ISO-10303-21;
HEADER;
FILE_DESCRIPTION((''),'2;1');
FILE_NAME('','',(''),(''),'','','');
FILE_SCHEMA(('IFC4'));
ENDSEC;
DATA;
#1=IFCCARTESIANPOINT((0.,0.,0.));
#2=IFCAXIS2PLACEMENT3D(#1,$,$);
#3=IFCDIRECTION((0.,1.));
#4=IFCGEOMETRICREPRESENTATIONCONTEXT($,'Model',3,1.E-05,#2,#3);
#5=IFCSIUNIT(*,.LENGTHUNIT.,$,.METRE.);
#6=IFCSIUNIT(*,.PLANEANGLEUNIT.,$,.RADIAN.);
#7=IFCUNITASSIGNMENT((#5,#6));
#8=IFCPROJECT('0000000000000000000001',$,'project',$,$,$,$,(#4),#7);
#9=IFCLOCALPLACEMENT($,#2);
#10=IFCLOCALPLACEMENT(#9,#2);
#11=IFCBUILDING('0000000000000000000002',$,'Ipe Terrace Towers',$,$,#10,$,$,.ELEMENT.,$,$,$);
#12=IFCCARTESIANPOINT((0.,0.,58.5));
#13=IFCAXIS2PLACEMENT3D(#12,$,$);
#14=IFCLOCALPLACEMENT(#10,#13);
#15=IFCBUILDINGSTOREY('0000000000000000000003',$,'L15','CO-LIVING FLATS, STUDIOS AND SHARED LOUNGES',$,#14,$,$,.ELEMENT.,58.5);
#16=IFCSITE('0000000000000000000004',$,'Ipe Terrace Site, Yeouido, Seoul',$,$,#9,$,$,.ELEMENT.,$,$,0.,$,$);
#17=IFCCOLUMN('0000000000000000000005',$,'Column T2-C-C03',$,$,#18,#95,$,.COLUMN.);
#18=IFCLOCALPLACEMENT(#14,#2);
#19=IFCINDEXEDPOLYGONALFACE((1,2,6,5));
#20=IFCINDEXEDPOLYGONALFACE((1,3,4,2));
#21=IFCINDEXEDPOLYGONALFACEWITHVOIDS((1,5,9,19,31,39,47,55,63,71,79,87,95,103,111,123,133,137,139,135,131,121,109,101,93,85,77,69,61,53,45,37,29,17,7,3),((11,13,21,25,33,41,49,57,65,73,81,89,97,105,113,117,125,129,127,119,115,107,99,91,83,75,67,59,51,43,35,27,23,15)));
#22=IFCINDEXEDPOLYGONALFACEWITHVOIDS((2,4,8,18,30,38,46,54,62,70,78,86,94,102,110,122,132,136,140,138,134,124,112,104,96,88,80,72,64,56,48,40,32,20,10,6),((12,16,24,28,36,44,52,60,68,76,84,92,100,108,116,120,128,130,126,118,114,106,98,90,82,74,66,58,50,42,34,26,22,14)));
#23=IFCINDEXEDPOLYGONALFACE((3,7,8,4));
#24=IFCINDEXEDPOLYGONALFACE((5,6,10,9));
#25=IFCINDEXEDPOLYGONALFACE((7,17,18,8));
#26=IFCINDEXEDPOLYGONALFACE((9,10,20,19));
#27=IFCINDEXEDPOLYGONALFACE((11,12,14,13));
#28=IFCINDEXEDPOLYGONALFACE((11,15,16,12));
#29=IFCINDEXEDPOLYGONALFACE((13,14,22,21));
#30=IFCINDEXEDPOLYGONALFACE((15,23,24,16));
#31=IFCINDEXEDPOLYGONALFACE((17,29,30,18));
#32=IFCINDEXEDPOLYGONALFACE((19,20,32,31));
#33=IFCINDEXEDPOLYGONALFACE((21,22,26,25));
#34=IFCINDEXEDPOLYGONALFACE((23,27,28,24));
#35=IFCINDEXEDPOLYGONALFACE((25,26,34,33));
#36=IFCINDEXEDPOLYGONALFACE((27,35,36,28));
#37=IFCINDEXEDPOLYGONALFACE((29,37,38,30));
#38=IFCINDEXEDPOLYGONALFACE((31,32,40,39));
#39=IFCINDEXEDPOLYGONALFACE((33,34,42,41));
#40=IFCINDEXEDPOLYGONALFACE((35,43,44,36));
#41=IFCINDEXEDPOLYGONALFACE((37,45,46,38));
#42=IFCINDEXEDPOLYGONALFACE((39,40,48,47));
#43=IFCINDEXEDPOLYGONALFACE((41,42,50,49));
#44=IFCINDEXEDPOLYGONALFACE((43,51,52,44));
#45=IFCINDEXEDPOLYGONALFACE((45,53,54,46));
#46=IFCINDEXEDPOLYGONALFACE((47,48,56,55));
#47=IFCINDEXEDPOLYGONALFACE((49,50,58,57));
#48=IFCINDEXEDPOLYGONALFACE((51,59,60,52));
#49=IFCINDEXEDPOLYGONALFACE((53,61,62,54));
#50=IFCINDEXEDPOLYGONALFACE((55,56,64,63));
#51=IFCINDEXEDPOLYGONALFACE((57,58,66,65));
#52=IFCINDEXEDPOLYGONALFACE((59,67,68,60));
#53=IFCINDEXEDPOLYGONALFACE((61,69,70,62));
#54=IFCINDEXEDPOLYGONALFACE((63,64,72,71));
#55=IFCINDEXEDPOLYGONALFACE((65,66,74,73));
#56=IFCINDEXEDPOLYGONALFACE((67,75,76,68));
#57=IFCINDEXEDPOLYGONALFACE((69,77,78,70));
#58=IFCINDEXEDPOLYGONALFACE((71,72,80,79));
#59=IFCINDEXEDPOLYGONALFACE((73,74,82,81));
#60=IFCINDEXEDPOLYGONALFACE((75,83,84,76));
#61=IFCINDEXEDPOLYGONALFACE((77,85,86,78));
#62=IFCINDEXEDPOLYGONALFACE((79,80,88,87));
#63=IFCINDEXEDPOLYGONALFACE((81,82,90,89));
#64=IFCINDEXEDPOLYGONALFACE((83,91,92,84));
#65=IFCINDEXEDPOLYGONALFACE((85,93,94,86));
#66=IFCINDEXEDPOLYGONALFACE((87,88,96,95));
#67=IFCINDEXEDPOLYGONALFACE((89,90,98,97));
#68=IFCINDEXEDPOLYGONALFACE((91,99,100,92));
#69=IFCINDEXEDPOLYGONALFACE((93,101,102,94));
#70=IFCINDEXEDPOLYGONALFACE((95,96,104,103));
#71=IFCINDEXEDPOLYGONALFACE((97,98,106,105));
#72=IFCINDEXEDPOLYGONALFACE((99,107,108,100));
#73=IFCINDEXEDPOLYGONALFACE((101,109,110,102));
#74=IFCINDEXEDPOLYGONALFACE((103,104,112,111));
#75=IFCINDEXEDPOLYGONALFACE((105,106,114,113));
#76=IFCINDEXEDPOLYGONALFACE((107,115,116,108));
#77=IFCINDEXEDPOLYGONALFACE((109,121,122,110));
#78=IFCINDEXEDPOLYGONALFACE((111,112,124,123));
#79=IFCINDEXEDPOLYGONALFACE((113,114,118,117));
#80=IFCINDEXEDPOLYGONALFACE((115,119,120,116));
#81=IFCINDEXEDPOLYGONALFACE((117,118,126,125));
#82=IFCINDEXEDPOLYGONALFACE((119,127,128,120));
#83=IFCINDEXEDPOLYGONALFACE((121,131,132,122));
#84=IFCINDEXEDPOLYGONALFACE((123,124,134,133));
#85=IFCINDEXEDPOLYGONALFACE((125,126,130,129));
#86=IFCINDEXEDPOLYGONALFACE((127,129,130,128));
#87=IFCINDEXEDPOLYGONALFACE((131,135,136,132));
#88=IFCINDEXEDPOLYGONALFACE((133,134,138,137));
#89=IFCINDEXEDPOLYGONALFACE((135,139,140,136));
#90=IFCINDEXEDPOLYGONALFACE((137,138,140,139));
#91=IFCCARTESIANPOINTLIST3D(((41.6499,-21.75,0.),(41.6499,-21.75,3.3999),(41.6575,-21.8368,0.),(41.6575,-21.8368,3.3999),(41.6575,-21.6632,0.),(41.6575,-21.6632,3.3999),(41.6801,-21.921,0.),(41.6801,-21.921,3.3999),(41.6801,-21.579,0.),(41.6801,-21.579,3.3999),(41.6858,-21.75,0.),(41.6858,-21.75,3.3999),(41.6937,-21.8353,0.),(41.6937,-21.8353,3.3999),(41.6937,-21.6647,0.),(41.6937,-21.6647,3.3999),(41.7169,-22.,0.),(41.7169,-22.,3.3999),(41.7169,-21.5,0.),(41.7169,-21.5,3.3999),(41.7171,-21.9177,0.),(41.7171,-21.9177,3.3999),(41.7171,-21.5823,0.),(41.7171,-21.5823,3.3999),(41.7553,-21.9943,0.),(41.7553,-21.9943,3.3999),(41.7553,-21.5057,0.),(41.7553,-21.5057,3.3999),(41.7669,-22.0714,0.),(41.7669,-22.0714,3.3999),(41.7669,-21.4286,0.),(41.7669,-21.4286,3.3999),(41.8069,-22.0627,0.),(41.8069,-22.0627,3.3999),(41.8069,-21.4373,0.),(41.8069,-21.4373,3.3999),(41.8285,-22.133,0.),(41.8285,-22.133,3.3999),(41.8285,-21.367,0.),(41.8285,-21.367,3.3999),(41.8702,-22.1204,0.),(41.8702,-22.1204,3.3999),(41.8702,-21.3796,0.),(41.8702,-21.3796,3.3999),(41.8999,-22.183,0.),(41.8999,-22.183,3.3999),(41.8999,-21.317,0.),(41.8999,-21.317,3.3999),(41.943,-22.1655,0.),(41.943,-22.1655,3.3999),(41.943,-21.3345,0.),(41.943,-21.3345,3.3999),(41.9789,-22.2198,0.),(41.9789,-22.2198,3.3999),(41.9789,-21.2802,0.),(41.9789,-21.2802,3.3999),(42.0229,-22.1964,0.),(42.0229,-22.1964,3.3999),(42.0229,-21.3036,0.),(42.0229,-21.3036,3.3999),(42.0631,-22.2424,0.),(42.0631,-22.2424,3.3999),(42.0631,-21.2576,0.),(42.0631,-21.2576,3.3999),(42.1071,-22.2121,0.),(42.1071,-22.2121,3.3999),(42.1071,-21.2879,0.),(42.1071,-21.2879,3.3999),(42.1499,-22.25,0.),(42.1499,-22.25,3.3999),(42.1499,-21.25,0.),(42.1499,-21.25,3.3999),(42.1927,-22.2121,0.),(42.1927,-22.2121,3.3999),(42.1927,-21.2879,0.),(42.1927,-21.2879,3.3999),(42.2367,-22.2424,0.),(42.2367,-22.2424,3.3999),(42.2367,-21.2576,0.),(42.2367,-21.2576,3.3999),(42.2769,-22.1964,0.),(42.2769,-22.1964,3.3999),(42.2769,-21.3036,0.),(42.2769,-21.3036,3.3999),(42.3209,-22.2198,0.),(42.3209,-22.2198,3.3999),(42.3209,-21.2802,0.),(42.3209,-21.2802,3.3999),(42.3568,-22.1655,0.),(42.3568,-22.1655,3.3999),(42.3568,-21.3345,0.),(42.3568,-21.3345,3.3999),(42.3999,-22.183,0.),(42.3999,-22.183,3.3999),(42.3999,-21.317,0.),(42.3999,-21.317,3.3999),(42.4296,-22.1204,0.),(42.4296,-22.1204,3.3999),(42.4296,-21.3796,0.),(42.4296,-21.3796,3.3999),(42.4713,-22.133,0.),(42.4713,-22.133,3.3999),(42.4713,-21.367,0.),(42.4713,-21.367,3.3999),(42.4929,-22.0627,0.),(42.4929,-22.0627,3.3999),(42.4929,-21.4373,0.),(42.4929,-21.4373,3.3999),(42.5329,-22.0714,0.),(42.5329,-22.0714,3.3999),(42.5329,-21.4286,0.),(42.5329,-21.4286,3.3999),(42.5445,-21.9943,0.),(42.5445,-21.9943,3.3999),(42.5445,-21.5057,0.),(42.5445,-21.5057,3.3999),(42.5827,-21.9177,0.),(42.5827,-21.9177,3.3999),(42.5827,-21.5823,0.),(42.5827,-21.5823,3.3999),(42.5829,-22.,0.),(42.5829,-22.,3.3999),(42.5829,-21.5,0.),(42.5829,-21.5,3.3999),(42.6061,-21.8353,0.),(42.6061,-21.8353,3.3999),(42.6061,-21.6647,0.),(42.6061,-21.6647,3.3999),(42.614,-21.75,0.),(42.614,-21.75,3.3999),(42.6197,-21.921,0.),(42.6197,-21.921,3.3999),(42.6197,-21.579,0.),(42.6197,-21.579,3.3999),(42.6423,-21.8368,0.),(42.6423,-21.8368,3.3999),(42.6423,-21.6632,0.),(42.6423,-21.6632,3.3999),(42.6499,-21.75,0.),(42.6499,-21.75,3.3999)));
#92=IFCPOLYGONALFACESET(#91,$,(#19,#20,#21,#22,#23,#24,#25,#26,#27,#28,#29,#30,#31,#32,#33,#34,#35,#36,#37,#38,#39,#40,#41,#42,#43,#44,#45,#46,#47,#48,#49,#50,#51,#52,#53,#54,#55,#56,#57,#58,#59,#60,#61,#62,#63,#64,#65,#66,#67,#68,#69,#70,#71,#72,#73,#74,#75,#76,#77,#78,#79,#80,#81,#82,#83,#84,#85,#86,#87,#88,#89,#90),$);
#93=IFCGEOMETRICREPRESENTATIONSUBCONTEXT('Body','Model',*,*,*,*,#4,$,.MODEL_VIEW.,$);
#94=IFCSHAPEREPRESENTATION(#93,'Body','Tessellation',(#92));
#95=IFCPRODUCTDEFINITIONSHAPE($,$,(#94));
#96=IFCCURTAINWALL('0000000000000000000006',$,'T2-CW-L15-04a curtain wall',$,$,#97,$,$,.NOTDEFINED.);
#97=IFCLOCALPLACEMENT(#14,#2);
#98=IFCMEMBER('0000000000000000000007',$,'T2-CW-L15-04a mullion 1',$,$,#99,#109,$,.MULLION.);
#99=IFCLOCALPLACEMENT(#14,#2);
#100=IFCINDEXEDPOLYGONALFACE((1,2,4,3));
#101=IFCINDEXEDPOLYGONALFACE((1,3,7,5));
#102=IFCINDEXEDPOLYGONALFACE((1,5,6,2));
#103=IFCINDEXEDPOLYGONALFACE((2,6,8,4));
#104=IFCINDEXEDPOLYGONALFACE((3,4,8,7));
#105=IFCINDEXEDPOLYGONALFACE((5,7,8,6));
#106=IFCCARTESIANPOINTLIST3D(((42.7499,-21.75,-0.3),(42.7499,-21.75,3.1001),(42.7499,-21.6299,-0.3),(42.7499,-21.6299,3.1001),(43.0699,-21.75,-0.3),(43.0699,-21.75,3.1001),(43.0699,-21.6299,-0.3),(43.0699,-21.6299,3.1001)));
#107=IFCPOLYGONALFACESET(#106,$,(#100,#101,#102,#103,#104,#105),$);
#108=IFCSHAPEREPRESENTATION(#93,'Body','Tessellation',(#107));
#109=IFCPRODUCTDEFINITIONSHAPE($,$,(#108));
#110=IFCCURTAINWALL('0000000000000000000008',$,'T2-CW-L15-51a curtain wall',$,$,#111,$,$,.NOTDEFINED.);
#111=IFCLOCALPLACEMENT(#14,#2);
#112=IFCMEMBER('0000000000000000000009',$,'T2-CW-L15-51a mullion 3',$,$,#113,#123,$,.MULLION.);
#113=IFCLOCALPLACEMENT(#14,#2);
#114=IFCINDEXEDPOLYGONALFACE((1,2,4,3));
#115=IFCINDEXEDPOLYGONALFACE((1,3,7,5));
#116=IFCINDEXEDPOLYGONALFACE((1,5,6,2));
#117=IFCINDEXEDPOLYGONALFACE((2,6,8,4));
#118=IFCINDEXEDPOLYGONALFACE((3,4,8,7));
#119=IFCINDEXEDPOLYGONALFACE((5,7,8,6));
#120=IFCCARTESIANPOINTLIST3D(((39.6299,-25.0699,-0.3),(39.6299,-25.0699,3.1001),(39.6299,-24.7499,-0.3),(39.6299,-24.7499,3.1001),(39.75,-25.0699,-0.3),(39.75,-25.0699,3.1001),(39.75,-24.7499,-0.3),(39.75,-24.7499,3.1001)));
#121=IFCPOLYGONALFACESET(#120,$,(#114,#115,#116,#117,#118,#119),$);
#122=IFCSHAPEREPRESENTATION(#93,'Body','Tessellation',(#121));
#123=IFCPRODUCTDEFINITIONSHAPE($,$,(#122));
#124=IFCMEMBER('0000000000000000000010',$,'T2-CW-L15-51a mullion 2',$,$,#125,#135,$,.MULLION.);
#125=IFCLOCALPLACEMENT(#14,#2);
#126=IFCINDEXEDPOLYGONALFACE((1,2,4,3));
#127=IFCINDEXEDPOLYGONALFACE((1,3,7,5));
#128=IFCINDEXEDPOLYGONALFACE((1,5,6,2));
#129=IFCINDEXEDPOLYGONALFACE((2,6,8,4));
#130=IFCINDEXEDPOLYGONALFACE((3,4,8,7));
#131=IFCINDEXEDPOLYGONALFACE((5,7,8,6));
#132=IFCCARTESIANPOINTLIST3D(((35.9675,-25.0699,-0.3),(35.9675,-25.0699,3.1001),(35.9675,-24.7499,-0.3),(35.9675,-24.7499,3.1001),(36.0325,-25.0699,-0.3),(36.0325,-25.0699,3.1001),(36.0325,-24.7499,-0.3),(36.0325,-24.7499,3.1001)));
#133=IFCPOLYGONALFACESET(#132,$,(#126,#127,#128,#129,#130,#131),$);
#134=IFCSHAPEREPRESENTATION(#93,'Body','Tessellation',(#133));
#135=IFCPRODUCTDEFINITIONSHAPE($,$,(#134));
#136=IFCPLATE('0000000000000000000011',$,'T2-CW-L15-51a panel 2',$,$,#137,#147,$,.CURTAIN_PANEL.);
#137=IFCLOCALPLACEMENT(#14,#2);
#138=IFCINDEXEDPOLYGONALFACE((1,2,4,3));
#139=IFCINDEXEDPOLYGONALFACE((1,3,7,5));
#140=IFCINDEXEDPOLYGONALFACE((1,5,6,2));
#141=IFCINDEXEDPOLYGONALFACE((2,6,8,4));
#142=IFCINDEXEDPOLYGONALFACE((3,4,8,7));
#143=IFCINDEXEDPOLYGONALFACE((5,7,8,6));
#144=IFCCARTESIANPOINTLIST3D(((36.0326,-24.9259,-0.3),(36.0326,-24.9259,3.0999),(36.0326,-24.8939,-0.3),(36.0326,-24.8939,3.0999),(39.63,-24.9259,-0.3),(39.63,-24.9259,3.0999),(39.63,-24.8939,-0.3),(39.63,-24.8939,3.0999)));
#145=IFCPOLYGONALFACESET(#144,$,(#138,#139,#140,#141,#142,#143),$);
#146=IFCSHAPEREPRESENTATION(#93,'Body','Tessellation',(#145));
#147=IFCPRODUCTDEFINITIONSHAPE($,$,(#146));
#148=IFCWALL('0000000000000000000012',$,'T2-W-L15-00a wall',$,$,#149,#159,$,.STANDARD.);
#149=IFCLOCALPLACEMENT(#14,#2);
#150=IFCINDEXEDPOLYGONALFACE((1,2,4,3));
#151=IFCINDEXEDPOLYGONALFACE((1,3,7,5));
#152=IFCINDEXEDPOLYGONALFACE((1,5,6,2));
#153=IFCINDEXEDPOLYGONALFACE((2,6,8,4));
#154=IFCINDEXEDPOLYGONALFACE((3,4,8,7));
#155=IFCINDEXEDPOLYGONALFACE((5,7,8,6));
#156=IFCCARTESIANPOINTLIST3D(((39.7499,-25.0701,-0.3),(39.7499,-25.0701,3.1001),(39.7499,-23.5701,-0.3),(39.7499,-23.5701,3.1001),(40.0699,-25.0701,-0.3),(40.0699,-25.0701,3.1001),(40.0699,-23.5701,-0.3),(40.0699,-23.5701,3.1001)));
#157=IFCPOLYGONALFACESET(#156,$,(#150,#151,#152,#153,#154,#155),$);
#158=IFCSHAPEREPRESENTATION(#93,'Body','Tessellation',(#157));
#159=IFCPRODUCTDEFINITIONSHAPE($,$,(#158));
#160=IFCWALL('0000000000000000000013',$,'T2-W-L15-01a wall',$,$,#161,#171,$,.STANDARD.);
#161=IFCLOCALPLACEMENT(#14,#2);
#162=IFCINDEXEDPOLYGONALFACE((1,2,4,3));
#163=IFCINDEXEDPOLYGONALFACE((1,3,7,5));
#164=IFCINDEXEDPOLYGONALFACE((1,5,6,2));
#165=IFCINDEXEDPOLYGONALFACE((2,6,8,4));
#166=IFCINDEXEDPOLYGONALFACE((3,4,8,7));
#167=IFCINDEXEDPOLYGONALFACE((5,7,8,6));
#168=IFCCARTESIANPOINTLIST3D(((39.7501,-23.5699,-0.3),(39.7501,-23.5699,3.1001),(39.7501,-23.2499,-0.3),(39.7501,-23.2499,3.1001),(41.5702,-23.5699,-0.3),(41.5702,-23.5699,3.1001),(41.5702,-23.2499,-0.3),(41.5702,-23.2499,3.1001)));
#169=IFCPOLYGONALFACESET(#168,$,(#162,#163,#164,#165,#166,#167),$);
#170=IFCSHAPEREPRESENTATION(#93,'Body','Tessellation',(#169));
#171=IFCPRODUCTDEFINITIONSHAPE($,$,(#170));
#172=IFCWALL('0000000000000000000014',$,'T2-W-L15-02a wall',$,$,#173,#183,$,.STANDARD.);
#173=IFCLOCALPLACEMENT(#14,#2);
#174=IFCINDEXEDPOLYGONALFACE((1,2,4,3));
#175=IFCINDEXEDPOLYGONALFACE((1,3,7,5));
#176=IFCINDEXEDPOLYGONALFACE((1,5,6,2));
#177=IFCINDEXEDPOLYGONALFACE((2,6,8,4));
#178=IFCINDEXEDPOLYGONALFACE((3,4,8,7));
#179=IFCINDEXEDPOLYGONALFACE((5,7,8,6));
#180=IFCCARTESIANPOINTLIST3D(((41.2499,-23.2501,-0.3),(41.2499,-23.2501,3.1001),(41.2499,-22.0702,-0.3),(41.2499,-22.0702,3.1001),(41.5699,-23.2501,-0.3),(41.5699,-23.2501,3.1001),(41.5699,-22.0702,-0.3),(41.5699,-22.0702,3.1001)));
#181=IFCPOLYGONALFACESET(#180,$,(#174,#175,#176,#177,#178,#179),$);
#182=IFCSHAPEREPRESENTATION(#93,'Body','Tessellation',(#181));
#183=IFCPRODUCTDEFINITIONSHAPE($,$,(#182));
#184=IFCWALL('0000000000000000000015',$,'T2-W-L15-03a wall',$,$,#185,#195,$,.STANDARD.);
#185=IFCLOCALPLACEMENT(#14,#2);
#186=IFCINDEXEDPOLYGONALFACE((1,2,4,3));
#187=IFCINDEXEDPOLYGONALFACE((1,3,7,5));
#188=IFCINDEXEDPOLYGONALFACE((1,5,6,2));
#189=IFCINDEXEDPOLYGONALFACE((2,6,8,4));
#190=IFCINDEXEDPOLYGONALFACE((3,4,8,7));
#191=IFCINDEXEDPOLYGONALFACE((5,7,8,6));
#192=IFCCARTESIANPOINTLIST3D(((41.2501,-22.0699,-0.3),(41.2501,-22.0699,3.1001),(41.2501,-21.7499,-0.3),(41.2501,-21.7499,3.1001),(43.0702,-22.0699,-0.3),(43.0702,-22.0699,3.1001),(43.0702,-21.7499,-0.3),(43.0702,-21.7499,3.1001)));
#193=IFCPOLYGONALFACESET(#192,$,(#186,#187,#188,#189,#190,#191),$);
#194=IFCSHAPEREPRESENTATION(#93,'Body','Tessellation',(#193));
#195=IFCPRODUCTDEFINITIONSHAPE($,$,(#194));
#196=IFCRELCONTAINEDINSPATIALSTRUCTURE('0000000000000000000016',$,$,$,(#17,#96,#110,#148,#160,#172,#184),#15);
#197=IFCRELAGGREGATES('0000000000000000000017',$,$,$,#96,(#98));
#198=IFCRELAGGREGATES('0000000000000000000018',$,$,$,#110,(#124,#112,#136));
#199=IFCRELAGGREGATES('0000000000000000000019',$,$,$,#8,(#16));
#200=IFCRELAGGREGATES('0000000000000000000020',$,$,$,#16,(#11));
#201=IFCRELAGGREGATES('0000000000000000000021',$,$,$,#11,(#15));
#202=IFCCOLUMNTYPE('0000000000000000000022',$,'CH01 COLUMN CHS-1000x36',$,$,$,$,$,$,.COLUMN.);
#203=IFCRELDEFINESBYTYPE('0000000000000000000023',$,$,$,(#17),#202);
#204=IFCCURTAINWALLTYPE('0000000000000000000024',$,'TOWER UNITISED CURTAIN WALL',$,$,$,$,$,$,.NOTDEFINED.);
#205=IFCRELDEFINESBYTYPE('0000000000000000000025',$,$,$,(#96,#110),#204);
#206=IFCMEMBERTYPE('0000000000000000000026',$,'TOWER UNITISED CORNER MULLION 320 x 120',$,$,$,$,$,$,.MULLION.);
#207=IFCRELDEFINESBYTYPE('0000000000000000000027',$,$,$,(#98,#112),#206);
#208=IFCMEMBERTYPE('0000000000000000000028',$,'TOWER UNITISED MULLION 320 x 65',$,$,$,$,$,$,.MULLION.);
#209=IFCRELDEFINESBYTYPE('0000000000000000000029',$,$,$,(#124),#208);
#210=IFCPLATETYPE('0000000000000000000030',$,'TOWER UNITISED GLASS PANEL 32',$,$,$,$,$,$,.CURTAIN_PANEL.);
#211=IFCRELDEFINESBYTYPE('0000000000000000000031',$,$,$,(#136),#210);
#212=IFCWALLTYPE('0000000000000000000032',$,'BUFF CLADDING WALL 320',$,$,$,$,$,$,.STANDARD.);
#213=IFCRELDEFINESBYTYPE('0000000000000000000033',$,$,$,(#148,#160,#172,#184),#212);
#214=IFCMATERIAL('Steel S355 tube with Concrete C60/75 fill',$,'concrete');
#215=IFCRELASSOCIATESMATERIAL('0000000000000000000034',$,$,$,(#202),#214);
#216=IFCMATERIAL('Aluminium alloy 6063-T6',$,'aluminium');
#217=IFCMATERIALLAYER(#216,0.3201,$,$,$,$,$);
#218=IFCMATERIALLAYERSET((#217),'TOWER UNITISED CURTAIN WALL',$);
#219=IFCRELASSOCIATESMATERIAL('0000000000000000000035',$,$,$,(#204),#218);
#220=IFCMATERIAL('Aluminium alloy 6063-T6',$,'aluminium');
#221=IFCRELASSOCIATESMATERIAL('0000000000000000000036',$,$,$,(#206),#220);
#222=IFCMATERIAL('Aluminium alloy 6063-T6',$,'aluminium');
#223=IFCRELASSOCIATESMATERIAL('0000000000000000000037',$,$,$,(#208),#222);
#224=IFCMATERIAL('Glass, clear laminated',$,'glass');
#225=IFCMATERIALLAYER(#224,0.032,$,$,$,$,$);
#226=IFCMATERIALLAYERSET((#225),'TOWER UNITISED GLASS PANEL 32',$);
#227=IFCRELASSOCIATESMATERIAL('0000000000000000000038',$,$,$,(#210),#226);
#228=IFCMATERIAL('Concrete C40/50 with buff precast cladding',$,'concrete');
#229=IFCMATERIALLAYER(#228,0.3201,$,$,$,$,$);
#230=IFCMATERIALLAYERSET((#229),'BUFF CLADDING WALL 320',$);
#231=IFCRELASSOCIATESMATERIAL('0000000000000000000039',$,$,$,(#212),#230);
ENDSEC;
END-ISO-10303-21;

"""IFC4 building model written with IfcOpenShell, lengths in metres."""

from ifc_helpers import new_model, si_unit, direction, frame, frame_2d, origin, origin_2d, place, context, subcontext, project, spatial, rectangle, hollow_circle, extrude, material, layer, layer_set, material_profile, profile_set, type_object, element, aggregate, save


model = new_model("IFC4")

# Units and contexts
model_context = context("Model", 3, precision=1e-05, world=origin(), true_north=direction((0.0, 1.0)))
body_context = subcontext(model_context, "Body", "Model", "MODEL_VIEW")
ifc_project = project(units=[si_unit("LENGTHUNIT", "METRE"), si_unit("PLANEANGLEUNIT", "RADIAN")], contexts=[model_context])

# Site, building, storey
site_placement = place(None, origin())
site = spatial("IfcSite", under=ifc_project, at=site_placement, Name="Ipe Terrace Site, Yeouido, Seoul", CompositionType="ELEMENT", RefElevation=0.0)
building_placement = place(site_placement, origin())
building = spatial("IfcBuilding", under=site, at=building_placement, Name="Ipe Terrace Towers", CompositionType="ELEMENT")
storey_placement = place(building_placement, frame((0.0, 0.0, 58.5)))
storey = spatial("IfcBuildingStorey", under=building, at=storey_placement, Name="L15", Description="CO-LIVING FLATS, STUDIOS AND SHARED LOUNGES", CompositionType="ELEMENT", Elevation=58.5)

# Column
ifc_material_1 = material(Name="Steel S355 tube with Concrete C60/75 fill", Category="concrete")
ifc_material_profile_1 = material_profile(ifc_material_1, hollow_circle(Radius=0.5, WallThickness=0.0359, at=origin_2d()), Name="CHS-1000x36")
ifc_profile_set_1 = profile_set([ifc_material_profile_1], Name="Steel S355 tube with Concrete C60/75 fill")
column_type = type_object("IfcColumnType", Name="CH01 COLUMN CHS-1000x36", PredefinedType="COLUMN", material=ifc_profile_set_1)
column_placement = place(storey_placement, frame((42.1499, -21.75, 0.0), z_axis=(0.0, 0.0, 1.0), x_axis=(1.0, 0.0, 0.0)))
element("IfcColumn", 1, at=column_placement, inside=storey, type_object=column_type, Name="Column T2-C-C03", PredefinedType="COLUMN", context=body_context, shape_type="SweptSolid", body=[
    extrude(hollow_circle(Radius=0.5, WallThickness=0.0359, at=origin_2d()), origin(), (0.0, 0.0, 1.0), 3.3999),
])

# Curtain wall, member
ifc_material_2 = material(Name="Aluminium alloy 6063-T6", Category="aluminium")
ifc_layer_1 = layer(ifc_material_2, 0.3201)
ifc_layer_set_1 = layer_set([ifc_layer_1], Name="TOWER UNITISED CURTAIN WALL")
curtain_wall_type = type_object("IfcCurtainWallType", Name="TOWER UNITISED CURTAIN WALL", PredefinedType="NOTDEFINED", material=ifc_layer_set_1)
curtain_wall_1_placement = place(storey_placement, origin())
curtain_wall_1 = element("IfcCurtainWall", 2, at=curtain_wall_1_placement, inside=storey, type_object=curtain_wall_type, Name="T2-CW-L15-04a curtain wall", PredefinedType="NOTDEFINED")
ifc_material_3 = material(Name="Aluminium alloy 6063-T6", Category="aluminium")
ifc_material_profile_2 = material_profile(ifc_material_3, rectangle(XDim=0.3201, YDim=0.1201, at=origin_2d()), Name="TOWER UNITISED CORNER MULLION 320 x 120")
ifc_profile_set_2 = profile_set([ifc_material_profile_2], Name="Aluminium alloy 6063-T6")
member_type_1 = type_object("IfcMemberType", Name="TOWER UNITISED CORNER MULLION 320 x 120", PredefinedType="MULLION", material=ifc_profile_set_2)
member_1_placement = place(storey_placement, frame((42.9099, -21.6899, -0.3), z_axis=(0.0, 0.0, 1.0), x_axis=(1.0, 0.0, 0.0)))
member_1 = element("IfcMember", 3, at=member_1_placement, type_object=member_type_1, Name="T2-CW-L15-04a mullion 1", PredefinedType="MULLION", context=body_context, shape_type="SweptSolid", body=[
    extrude(rectangle(XDim=0.3201, YDim=0.1201, at=origin_2d()), origin(), (0.0, 0.0, 1.0), 3.4001),
])
aggregate(curtain_wall_1, [member_1])

# Curtain wall, members, plate
curtain_wall_2_placement = place(storey_placement, origin())
curtain_wall_2 = element("IfcCurtainWall", 4, at=curtain_wall_2_placement, inside=storey, type_object=curtain_wall_type, Name="T2-CW-L15-51a curtain wall", PredefinedType="NOTDEFINED")
member_2_placement = place(storey_placement, frame((39.6899, -24.9099, -0.3), z_axis=(0.0, 0.0, 1.0), x_axis=(0.0, -1.0, 0.0)))
member_2 = element("IfcMember", 5, at=member_2_placement, type_object=member_type_1, Name="T2-CW-L15-51a mullion 3", PredefinedType="MULLION", context=body_context, shape_type="SweptSolid", body=[
    extrude(rectangle(XDim=0.3201, YDim=0.1201, at=origin_2d()), origin(), (0.0, 0.0, 1.0), 3.4001),
])
ifc_material_4 = material(Name="Aluminium alloy 6063-T6", Category="aluminium")
ifc_material_profile_3 = material_profile(ifc_material_4, rectangle(XDim=0.3201, YDim=0.0649, at=origin_2d()), Name="TOWER UNITISED MULLION 320 x 65")
ifc_profile_set_3 = profile_set([ifc_material_profile_3], Name="Aluminium alloy 6063-T6")
member_type_2 = type_object("IfcMemberType", Name="TOWER UNITISED MULLION 320 x 65", PredefinedType="MULLION", material=ifc_profile_set_3)
member_3_placement = place(storey_placement, frame((36.0, -24.9099, -0.3), z_axis=(0.0, 0.0, 1.0), x_axis=(0.0, -1.0, 0.0)))
member_3 = element("IfcMember", 6, at=member_3_placement, type_object=member_type_2, Name="T2-CW-L15-51a mullion 2", PredefinedType="MULLION", context=body_context, shape_type="SweptSolid", body=[
    extrude(rectangle(XDim=0.3201, YDim=0.0649, at=origin_2d()), origin(), (0.0, 0.0, 1.0), 3.4001),
])
ifc_material_5 = material(Name="Glass, clear laminated", Category="glass")
ifc_layer_2 = layer(ifc_material_5, 0.032)
ifc_layer_set_2 = layer_set([ifc_layer_2], Name="TOWER UNITISED GLASS PANEL 32")
plate_type = type_object("IfcPlateType", Name="TOWER UNITISED GLASS PANEL 32", PredefinedType="CURTAIN_PANEL", material=ifc_layer_set_2)
plate_placement = place(storey_placement, frame((37.8313, -24.9099, -0.3), z_axis=(0.0, 0.0, 1.0), x_axis=(1.0, 0.0, 0.0)))
plate = element("IfcPlate", 7, at=plate_placement, type_object=plate_type, Name="T2-CW-L15-51a panel 2", PredefinedType="CURTAIN_PANEL", context=body_context, shape_type="SweptSolid", body=[
    extrude(rectangle(XDim=3.5974, YDim=0.032, at=origin_2d()), origin(), (0.0, 0.0, 1.0), 3.3999),
])
aggregate(curtain_wall_2, [member_3, member_2, plate])

# Walls
ifc_material_6 = material(Name="Concrete C40/50 with buff precast cladding", Category="concrete")
ifc_layer_3 = layer(ifc_material_6, 0.3201)
ifc_layer_set_3 = layer_set([ifc_layer_3], Name="BUFF CLADDING WALL 320")
wall_type_1 = type_object("IfcWallType", Name="BUFF CLADDING WALL 320", PredefinedType="STANDARD", material=ifc_layer_set_3)
wall_1_placement = place(storey_placement, frame((39.9099, -25.0701, -0.3), z_axis=(0.0, 0.0, 1.0), x_axis=(0.0, 1.0, 0.0)))
element("IfcWall", 8, at=wall_1_placement, inside=storey, type_object=wall_type_1, Name="T2-W-L15-00a wall", PredefinedType="STANDARD", context=body_context, shape_type="SweptSolid", body=[
    extrude(rectangle(XDim=1.5, YDim=0.3201, at=frame_2d((0.75, 0.0))), origin(), (0.0, 0.0, 1.0), 3.4001),
])
wall_2_placement = place(storey_placement, frame((39.75, -23.4099, -0.3), z_axis=(0.0, 0.0, 1.0), x_axis=(1.0, 0.0, 0.0)))
element("IfcWall", 9, at=wall_2_placement, inside=storey, type_object=wall_type_1, Name="T2-W-L15-01a wall", PredefinedType="STANDARD", context=body_context, shape_type="SweptSolid", body=[
    extrude(rectangle(XDim=1.8201, YDim=0.3201, at=frame_2d((0.9102, 0.0))), origin(), (0.0, 0.0, 1.0), 3.4001),
])
wall_3_placement = place(storey_placement, frame((41.4099, -23.25, -0.3), z_axis=(0.0, 0.0, 1.0), x_axis=(0.0, 1.0, 0.0)))
element("IfcWall", 10, at=wall_3_placement, inside=storey, type_object=wall_type_1, Name="T2-W-L15-02a wall", PredefinedType="STANDARD", context=body_context, shape_type="SweptSolid", body=[
    extrude(rectangle(XDim=1.1799, YDim=0.3201, at=frame_2d((0.5898, 0.0))), origin(), (0.0, 0.0, 1.0), 3.4001),
])
wall_4_placement = place(storey_placement, frame((41.25, -21.9099, -0.3), z_axis=(0.0, 0.0, 1.0), x_axis=(1.0, 0.0, 0.0)))
element("IfcWall", 11, at=wall_4_placement, inside=storey, type_object=wall_type_1, Name="T2-W-L15-03a wall", PredefinedType="STANDARD", context=body_context, shape_type="SweptSolid", body=[
    extrude(rectangle(XDim=1.8201, YDim=0.3201, at=frame_2d((0.9102, 0.0))), origin(), (0.0, 0.0, 1.0), 3.4001),
])

save(model, "model.ifc")
